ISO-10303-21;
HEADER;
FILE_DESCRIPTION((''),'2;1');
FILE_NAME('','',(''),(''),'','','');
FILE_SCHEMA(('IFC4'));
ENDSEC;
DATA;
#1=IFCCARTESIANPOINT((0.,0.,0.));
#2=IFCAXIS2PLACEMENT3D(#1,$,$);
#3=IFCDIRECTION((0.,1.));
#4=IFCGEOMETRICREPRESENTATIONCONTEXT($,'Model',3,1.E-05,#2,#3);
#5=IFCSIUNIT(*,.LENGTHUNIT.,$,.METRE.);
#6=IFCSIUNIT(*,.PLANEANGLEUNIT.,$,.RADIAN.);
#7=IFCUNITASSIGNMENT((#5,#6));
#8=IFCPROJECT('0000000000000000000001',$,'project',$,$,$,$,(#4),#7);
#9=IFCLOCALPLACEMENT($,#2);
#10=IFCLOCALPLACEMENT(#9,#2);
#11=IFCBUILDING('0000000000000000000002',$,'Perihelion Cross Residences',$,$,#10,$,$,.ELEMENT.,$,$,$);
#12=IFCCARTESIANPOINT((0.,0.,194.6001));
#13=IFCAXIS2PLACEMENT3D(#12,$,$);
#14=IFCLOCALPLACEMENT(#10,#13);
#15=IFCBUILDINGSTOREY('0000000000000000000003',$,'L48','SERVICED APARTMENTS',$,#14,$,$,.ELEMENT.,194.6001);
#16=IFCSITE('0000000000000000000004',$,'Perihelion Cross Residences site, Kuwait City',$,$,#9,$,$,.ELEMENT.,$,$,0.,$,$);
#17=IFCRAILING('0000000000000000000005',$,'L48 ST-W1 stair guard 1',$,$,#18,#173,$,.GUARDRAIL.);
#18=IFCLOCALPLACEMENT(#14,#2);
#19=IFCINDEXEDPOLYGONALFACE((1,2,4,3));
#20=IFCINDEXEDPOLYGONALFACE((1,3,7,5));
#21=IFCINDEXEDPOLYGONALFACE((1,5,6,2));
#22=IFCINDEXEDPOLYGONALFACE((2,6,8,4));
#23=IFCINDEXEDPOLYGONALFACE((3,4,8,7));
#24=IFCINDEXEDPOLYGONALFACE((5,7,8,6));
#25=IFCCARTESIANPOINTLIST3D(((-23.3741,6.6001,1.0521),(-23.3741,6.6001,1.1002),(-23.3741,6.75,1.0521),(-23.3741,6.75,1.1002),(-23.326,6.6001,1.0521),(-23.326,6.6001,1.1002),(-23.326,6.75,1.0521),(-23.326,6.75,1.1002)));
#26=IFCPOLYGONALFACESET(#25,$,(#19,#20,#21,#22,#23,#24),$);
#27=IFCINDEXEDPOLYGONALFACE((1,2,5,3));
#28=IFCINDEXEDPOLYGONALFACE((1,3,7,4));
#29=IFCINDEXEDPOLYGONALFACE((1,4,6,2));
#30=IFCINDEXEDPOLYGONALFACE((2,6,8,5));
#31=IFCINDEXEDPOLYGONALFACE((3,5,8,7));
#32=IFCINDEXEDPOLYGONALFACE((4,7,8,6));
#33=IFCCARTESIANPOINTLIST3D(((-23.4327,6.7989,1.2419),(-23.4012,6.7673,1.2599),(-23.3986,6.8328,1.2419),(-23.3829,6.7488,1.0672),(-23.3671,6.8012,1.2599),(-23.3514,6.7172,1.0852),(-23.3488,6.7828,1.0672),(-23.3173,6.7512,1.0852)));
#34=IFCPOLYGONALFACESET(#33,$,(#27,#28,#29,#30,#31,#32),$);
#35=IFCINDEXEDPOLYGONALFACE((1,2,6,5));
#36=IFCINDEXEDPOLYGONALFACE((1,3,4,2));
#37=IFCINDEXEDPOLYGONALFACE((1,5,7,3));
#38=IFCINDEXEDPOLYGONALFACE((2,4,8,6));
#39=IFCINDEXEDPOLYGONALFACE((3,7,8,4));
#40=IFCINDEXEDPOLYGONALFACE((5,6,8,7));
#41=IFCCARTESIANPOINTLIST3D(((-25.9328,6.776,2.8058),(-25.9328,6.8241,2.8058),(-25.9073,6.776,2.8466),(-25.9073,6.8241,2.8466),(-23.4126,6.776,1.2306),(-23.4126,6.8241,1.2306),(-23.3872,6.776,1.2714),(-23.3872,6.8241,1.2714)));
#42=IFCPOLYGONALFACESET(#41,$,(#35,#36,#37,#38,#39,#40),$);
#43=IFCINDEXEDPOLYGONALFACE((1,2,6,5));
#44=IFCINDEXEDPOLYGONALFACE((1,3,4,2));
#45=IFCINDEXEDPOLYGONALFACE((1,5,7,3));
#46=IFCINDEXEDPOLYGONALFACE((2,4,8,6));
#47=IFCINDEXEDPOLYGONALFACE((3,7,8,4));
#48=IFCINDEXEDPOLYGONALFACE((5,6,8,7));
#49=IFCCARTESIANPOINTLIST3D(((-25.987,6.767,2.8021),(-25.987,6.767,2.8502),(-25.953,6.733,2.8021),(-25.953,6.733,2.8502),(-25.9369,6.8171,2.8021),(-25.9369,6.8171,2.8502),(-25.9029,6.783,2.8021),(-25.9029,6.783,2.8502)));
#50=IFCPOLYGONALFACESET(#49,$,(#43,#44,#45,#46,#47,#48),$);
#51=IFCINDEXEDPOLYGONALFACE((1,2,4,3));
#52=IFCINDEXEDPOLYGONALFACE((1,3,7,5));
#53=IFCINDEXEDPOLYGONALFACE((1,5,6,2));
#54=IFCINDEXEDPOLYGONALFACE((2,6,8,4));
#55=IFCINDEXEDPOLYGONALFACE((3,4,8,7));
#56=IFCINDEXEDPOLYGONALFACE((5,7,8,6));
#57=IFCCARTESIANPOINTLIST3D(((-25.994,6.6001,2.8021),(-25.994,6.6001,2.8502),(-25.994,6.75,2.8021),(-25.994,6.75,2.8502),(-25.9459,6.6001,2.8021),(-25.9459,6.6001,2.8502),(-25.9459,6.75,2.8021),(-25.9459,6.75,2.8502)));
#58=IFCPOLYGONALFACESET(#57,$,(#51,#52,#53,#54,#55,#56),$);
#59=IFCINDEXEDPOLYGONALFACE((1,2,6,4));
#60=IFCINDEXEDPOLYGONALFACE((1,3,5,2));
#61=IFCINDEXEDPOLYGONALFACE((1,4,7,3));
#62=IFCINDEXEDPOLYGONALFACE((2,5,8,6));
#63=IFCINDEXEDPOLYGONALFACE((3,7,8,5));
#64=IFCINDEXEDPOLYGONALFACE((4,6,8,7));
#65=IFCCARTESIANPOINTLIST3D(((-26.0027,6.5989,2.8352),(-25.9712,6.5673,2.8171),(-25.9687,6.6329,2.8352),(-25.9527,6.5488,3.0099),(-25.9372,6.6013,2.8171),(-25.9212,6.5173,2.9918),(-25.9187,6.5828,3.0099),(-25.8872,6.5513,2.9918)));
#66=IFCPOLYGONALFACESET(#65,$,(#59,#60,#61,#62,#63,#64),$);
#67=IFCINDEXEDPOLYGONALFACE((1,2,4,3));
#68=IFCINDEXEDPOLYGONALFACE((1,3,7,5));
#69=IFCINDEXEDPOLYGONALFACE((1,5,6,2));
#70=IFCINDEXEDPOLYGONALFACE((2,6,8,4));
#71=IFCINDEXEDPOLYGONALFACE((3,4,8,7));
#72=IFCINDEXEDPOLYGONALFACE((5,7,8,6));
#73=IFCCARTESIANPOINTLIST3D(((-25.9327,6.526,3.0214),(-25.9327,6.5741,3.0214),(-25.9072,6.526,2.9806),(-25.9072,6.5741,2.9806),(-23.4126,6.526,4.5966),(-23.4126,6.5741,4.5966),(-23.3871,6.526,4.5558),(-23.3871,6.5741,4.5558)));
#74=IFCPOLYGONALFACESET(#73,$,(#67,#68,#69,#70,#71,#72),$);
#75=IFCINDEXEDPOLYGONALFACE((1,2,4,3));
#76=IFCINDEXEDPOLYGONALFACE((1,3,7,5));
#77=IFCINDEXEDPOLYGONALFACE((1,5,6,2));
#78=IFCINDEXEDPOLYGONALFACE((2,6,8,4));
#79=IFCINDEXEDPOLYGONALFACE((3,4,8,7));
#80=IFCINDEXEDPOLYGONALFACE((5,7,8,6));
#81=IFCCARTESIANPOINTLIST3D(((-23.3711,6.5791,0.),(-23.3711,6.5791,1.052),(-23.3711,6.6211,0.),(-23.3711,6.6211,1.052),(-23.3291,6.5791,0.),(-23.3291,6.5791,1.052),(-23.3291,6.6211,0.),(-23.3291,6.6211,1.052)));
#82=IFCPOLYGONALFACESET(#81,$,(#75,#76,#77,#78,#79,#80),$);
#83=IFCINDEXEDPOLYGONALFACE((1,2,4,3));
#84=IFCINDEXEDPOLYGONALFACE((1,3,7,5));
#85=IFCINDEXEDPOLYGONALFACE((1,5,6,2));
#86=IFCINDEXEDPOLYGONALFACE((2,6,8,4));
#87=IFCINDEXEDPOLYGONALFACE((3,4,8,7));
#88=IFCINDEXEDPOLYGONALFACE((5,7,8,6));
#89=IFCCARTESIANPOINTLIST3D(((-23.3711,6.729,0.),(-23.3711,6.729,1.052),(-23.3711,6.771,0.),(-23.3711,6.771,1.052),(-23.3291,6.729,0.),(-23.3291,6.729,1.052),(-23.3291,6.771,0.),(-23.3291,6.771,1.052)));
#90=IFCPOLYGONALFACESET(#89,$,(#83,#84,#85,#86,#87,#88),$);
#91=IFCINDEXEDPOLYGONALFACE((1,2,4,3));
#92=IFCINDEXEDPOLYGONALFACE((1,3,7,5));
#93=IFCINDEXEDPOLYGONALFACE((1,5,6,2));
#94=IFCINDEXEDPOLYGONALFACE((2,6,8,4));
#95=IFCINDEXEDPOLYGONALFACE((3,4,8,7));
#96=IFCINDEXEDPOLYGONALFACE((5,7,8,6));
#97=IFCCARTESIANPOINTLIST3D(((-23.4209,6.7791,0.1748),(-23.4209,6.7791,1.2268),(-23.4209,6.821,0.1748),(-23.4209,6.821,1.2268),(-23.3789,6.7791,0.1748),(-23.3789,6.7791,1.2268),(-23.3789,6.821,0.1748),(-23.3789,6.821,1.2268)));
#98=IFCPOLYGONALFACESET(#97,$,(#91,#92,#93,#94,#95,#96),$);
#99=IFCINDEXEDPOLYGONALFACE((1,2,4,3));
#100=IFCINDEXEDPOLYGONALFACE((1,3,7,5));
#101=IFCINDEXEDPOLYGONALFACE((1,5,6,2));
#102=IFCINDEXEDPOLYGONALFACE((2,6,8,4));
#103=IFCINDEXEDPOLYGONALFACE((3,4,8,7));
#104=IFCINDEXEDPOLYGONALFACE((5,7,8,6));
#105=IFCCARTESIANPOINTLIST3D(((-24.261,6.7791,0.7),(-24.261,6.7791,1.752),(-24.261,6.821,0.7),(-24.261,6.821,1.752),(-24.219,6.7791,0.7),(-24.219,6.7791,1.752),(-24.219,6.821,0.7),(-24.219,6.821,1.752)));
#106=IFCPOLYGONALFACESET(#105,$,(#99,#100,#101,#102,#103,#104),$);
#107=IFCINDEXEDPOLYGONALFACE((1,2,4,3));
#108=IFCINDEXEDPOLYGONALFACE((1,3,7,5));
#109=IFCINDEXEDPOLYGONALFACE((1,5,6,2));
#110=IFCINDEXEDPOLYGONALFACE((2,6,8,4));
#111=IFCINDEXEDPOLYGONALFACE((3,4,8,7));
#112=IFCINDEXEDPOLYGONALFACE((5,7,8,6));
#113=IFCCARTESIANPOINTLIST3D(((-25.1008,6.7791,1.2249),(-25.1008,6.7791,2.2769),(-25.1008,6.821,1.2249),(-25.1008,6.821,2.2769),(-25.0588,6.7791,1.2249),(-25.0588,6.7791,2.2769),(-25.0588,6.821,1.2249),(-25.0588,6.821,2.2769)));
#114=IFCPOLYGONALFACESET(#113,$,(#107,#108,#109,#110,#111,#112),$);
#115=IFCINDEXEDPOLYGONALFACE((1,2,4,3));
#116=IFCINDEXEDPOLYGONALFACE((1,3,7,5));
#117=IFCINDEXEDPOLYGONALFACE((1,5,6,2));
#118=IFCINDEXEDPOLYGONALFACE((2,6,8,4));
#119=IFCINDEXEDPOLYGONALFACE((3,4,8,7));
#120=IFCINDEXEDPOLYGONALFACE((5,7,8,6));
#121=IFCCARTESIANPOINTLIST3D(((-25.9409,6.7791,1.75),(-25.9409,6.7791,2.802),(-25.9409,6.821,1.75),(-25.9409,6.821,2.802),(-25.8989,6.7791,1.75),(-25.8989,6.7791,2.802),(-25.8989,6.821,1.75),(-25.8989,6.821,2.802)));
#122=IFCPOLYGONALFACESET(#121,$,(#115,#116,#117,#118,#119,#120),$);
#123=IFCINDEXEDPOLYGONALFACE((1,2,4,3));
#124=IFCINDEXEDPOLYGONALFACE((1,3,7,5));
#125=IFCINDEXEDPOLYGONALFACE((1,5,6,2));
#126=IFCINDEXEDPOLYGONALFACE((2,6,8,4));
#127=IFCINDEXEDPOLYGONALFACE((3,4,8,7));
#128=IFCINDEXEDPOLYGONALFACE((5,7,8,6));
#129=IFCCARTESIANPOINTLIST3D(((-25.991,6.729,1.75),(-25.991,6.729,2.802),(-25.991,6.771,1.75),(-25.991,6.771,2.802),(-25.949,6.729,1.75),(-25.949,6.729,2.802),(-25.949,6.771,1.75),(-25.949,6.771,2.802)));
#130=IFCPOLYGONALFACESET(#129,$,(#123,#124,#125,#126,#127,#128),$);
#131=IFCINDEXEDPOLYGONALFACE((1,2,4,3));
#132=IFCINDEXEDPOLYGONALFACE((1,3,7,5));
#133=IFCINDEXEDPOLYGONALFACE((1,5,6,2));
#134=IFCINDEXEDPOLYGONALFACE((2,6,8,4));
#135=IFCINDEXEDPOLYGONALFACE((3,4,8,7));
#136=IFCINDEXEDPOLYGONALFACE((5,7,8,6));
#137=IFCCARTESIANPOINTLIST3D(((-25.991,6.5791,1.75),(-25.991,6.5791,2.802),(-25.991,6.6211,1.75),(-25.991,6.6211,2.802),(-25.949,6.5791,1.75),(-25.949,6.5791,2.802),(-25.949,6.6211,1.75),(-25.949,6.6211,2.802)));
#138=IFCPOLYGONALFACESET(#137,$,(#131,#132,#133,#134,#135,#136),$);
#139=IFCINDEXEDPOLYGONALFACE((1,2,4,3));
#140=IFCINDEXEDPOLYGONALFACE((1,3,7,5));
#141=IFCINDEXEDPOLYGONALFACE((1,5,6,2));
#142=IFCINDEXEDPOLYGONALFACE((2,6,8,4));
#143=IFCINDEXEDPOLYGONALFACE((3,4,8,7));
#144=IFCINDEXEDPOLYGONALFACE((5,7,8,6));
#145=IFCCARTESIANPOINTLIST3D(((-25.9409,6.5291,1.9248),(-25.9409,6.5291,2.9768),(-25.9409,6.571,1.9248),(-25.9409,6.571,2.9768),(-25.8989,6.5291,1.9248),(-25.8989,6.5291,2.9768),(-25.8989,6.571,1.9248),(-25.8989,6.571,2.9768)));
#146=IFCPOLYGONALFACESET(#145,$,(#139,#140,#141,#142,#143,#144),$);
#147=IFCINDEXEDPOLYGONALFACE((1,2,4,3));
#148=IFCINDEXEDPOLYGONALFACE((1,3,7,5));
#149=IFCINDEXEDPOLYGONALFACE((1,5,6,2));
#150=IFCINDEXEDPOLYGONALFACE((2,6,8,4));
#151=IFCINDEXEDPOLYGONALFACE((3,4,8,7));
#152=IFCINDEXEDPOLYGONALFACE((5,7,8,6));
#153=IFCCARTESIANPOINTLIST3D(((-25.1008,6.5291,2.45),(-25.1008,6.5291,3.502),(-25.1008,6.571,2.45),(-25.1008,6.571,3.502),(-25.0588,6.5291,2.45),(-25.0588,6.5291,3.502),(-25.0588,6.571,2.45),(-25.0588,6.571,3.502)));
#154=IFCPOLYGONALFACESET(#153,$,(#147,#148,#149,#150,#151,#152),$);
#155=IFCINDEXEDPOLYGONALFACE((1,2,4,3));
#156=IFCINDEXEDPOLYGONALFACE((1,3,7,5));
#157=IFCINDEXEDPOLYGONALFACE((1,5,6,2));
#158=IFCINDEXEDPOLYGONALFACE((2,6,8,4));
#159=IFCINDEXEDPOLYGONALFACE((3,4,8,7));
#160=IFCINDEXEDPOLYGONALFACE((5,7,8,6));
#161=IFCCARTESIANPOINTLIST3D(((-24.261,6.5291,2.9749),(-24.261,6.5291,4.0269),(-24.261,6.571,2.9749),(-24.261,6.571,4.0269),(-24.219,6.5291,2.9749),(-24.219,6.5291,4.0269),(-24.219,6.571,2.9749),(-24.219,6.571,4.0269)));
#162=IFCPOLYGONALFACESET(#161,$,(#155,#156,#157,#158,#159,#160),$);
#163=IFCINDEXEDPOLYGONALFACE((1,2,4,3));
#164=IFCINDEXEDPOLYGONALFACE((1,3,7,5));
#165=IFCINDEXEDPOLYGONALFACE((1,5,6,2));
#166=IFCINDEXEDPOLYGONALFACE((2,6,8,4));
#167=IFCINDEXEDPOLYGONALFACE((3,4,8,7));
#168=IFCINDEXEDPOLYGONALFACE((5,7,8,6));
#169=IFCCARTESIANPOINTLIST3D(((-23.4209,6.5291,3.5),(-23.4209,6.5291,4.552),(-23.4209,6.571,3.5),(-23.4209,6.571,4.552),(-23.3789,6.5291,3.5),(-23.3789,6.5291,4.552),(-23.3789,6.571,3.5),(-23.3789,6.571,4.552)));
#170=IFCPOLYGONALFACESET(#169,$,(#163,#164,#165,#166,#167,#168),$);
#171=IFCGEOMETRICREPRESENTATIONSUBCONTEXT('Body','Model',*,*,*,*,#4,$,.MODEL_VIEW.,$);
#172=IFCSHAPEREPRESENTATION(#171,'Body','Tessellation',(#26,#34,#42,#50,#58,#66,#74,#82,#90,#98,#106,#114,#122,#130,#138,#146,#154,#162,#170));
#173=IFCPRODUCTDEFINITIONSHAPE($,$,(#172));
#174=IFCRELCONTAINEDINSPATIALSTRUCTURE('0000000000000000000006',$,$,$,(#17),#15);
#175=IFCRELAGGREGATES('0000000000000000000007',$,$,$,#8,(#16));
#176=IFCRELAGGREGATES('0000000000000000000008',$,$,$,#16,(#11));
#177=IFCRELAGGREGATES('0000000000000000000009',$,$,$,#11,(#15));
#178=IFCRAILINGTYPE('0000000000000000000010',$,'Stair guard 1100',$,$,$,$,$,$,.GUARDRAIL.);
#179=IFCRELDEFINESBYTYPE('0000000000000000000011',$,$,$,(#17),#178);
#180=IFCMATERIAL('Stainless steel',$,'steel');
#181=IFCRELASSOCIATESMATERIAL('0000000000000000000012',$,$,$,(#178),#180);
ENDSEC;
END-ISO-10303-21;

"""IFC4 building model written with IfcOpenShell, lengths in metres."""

from ifc_helpers import new_model, si_unit, direction, frame, origin, origin_2d, place, context, subcontext, project, spatial, rectangle, extrude, material, type_object, element, save


model = new_model("IFC4")

# Units and contexts
model_context = context("Model", 3, precision=1e-05, world=origin(), true_north=direction((0.0, 1.0)))
body_context = subcontext(model_context, "Body", "Model", "MODEL_VIEW")
ifc_project = project(units=[si_unit("LENGTHUNIT", "METRE"), si_unit("PLANEANGLEUNIT", "RADIAN")], contexts=[model_context])

# Site, building, storey
site_placement = place(None, origin())
site = spatial("IfcSite", under=ifc_project, at=site_placement, Name="Perihelion Cross Residences site, Kuwait City", CompositionType="ELEMENT", RefElevation=0.0)
building_placement = place(site_placement, origin())
building = spatial("IfcBuilding", under=site, at=building_placement, Name="Perihelion Cross Residences", CompositionType="ELEMENT")
storey_placement = place(building_placement, frame((0.0, 0.0, 194.6001)))
storey = spatial("IfcBuildingStorey", under=building, at=storey_placement, Name="L48", Description="SERVICED APARTMENTS", CompositionType="ELEMENT", Elevation=194.6001)

# Railing
ifc_material_1 = material(Name="Stainless steel", Category="steel")
railing_type_1 = type_object("IfcRailingType", Name="Stair guard 1100", PredefinedType="GUARDRAIL", material=ifc_material_1)
railing_1_placement = place(storey_placement, frame((-23.3501, 6.6001, 0.0)))
element("IfcRailing", 1, at=railing_1_placement, inside=storey, type_object=railing_type_1, Name="L48 ST-W1 stair guard 1", PredefinedType="GUARDRAIL", context=body_context, shape_type="SweptSolid", body=[
    extrude(rectangle(XDim=0.0481, YDim=0.0481, at=origin_2d()), frame((0.0, 0.0, 1.0762), z_axis=(0.0, 1.0, 0.0), x_axis=(-1.0, 0.0, 0.0)), (0.0, 0.0, 1.0), 0.1499),
    extrude(rectangle(XDim=0.0481, YDim=0.0481, at=origin_2d()), frame((0.0, 0.1499, 1.0762), z_axis=(-0.264179, 0.265474, 0.927218), x_axis=(-0.708834, -0.705376, 0.0)), (0.0, 0.0, 1.0), 0.1885),
    extrude(rectangle(XDim=0.0481, YDim=0.0481, at=origin_2d()), frame((-0.0498, 0.2, 1.251), z_axis=(-0.847971, 0.0, 0.530043), x_axis=(0.0, -1.0, 0.0)), (0.0, 0.0, 1.0), 2.9719),
    extrude(rectangle(XDim=0.0481, YDim=0.0481, at=origin_2d()), frame((-2.5698, 0.2, 2.8262), z_axis=(-0.707107, -0.707107, 0.0), x_axis=(0.707107, -0.707107, 0.0)), (0.0, 0.0, 1.0), 0.0708),
    extrude(rectangle(XDim=0.0481, YDim=0.0481, at=origin_2d()), frame((-2.6199, 0.1499, 2.8262), z_axis=(0.0, -1.0, 0.0), x_axis=(1.0, 0.0, 0.0)), (0.0, 0.0, 1.0), 0.1499),
    extrude(rectangle(XDim=0.0481, YDim=0.0481, at=origin_2d()), frame((-2.6199, 0.0, 2.8262), z_axis=(0.265383, -0.265383, 0.9269), x_axis=(0.707107, 0.707107, 0.0)), (0.0, 0.0, 1.0), 0.1885),
    extrude(rectangle(XDim=0.0481, YDim=0.0481, at=origin_2d()), frame((-2.5698, -0.05, 3.001), z_axis=(0.847971, 0.0, 0.530043), x_axis=(0.0, 1.0, 0.0)), (0.0, 0.0, 1.0), 2.9719),
    extrude(rectangle(XDim=0.042, YDim=0.042, at=origin_2d()), origin(), (0.0, 0.0, 1.0), 1.052),
    extrude(rectangle(XDim=0.042, YDim=0.042, at=origin_2d()), frame((0.0, 0.1499, 0.0)), (0.0, 0.0, 1.0), 1.052),
    extrude(rectangle(XDim=0.042, YDim=0.042, at=origin_2d()), frame((-0.0498, 0.2, 0.1748)), (0.0, 0.0, 1.0), 1.052),
    extrude(rectangle(XDim=0.042, YDim=0.042, at=origin_2d()), frame((-0.8899, 0.2, 0.7)), (0.0, 0.0, 1.0), 1.052),
    extrude(rectangle(XDim=0.042, YDim=0.042, at=origin_2d()), frame((-1.7297, 0.2, 1.2249)), (0.0, 0.0, 1.0), 1.052),
    extrude(rectangle(XDim=0.042, YDim=0.042, at=origin_2d()), frame((-2.5698, 0.2, 1.75)), (0.0, 0.0, 1.0), 1.052),
    extrude(rectangle(XDim=0.042, YDim=0.042, at=origin_2d()), frame((-2.6199, 0.1499, 1.75)), (0.0, 0.0, 1.0), 1.052),
    extrude(rectangle(XDim=0.042, YDim=0.042, at=origin_2d()), frame((-2.6199, 0.0, 1.75)), (0.0, 0.0, 1.0), 1.052),
    extrude(rectangle(XDim=0.042, YDim=0.042, at=origin_2d()), frame((-2.5698, -0.05, 1.9248)), (0.0, 0.0, 1.0), 1.052),
    extrude(rectangle(XDim=0.042, YDim=0.042, at=origin_2d()), frame((-1.7297, -0.05, 2.45)), (0.0, 0.0, 1.0), 1.052),
    extrude(rectangle(XDim=0.042, YDim=0.042, at=origin_2d()), frame((-0.8899, -0.05, 2.9749)), (0.0, 0.0, 1.0), 1.052),
    extrude(rectangle(XDim=0.042, YDim=0.042, at=origin_2d()), frame((-0.0498, -0.05, 3.5)), (0.0, 0.0, 1.0), 1.052),
])

save(model, "model.ifc")
